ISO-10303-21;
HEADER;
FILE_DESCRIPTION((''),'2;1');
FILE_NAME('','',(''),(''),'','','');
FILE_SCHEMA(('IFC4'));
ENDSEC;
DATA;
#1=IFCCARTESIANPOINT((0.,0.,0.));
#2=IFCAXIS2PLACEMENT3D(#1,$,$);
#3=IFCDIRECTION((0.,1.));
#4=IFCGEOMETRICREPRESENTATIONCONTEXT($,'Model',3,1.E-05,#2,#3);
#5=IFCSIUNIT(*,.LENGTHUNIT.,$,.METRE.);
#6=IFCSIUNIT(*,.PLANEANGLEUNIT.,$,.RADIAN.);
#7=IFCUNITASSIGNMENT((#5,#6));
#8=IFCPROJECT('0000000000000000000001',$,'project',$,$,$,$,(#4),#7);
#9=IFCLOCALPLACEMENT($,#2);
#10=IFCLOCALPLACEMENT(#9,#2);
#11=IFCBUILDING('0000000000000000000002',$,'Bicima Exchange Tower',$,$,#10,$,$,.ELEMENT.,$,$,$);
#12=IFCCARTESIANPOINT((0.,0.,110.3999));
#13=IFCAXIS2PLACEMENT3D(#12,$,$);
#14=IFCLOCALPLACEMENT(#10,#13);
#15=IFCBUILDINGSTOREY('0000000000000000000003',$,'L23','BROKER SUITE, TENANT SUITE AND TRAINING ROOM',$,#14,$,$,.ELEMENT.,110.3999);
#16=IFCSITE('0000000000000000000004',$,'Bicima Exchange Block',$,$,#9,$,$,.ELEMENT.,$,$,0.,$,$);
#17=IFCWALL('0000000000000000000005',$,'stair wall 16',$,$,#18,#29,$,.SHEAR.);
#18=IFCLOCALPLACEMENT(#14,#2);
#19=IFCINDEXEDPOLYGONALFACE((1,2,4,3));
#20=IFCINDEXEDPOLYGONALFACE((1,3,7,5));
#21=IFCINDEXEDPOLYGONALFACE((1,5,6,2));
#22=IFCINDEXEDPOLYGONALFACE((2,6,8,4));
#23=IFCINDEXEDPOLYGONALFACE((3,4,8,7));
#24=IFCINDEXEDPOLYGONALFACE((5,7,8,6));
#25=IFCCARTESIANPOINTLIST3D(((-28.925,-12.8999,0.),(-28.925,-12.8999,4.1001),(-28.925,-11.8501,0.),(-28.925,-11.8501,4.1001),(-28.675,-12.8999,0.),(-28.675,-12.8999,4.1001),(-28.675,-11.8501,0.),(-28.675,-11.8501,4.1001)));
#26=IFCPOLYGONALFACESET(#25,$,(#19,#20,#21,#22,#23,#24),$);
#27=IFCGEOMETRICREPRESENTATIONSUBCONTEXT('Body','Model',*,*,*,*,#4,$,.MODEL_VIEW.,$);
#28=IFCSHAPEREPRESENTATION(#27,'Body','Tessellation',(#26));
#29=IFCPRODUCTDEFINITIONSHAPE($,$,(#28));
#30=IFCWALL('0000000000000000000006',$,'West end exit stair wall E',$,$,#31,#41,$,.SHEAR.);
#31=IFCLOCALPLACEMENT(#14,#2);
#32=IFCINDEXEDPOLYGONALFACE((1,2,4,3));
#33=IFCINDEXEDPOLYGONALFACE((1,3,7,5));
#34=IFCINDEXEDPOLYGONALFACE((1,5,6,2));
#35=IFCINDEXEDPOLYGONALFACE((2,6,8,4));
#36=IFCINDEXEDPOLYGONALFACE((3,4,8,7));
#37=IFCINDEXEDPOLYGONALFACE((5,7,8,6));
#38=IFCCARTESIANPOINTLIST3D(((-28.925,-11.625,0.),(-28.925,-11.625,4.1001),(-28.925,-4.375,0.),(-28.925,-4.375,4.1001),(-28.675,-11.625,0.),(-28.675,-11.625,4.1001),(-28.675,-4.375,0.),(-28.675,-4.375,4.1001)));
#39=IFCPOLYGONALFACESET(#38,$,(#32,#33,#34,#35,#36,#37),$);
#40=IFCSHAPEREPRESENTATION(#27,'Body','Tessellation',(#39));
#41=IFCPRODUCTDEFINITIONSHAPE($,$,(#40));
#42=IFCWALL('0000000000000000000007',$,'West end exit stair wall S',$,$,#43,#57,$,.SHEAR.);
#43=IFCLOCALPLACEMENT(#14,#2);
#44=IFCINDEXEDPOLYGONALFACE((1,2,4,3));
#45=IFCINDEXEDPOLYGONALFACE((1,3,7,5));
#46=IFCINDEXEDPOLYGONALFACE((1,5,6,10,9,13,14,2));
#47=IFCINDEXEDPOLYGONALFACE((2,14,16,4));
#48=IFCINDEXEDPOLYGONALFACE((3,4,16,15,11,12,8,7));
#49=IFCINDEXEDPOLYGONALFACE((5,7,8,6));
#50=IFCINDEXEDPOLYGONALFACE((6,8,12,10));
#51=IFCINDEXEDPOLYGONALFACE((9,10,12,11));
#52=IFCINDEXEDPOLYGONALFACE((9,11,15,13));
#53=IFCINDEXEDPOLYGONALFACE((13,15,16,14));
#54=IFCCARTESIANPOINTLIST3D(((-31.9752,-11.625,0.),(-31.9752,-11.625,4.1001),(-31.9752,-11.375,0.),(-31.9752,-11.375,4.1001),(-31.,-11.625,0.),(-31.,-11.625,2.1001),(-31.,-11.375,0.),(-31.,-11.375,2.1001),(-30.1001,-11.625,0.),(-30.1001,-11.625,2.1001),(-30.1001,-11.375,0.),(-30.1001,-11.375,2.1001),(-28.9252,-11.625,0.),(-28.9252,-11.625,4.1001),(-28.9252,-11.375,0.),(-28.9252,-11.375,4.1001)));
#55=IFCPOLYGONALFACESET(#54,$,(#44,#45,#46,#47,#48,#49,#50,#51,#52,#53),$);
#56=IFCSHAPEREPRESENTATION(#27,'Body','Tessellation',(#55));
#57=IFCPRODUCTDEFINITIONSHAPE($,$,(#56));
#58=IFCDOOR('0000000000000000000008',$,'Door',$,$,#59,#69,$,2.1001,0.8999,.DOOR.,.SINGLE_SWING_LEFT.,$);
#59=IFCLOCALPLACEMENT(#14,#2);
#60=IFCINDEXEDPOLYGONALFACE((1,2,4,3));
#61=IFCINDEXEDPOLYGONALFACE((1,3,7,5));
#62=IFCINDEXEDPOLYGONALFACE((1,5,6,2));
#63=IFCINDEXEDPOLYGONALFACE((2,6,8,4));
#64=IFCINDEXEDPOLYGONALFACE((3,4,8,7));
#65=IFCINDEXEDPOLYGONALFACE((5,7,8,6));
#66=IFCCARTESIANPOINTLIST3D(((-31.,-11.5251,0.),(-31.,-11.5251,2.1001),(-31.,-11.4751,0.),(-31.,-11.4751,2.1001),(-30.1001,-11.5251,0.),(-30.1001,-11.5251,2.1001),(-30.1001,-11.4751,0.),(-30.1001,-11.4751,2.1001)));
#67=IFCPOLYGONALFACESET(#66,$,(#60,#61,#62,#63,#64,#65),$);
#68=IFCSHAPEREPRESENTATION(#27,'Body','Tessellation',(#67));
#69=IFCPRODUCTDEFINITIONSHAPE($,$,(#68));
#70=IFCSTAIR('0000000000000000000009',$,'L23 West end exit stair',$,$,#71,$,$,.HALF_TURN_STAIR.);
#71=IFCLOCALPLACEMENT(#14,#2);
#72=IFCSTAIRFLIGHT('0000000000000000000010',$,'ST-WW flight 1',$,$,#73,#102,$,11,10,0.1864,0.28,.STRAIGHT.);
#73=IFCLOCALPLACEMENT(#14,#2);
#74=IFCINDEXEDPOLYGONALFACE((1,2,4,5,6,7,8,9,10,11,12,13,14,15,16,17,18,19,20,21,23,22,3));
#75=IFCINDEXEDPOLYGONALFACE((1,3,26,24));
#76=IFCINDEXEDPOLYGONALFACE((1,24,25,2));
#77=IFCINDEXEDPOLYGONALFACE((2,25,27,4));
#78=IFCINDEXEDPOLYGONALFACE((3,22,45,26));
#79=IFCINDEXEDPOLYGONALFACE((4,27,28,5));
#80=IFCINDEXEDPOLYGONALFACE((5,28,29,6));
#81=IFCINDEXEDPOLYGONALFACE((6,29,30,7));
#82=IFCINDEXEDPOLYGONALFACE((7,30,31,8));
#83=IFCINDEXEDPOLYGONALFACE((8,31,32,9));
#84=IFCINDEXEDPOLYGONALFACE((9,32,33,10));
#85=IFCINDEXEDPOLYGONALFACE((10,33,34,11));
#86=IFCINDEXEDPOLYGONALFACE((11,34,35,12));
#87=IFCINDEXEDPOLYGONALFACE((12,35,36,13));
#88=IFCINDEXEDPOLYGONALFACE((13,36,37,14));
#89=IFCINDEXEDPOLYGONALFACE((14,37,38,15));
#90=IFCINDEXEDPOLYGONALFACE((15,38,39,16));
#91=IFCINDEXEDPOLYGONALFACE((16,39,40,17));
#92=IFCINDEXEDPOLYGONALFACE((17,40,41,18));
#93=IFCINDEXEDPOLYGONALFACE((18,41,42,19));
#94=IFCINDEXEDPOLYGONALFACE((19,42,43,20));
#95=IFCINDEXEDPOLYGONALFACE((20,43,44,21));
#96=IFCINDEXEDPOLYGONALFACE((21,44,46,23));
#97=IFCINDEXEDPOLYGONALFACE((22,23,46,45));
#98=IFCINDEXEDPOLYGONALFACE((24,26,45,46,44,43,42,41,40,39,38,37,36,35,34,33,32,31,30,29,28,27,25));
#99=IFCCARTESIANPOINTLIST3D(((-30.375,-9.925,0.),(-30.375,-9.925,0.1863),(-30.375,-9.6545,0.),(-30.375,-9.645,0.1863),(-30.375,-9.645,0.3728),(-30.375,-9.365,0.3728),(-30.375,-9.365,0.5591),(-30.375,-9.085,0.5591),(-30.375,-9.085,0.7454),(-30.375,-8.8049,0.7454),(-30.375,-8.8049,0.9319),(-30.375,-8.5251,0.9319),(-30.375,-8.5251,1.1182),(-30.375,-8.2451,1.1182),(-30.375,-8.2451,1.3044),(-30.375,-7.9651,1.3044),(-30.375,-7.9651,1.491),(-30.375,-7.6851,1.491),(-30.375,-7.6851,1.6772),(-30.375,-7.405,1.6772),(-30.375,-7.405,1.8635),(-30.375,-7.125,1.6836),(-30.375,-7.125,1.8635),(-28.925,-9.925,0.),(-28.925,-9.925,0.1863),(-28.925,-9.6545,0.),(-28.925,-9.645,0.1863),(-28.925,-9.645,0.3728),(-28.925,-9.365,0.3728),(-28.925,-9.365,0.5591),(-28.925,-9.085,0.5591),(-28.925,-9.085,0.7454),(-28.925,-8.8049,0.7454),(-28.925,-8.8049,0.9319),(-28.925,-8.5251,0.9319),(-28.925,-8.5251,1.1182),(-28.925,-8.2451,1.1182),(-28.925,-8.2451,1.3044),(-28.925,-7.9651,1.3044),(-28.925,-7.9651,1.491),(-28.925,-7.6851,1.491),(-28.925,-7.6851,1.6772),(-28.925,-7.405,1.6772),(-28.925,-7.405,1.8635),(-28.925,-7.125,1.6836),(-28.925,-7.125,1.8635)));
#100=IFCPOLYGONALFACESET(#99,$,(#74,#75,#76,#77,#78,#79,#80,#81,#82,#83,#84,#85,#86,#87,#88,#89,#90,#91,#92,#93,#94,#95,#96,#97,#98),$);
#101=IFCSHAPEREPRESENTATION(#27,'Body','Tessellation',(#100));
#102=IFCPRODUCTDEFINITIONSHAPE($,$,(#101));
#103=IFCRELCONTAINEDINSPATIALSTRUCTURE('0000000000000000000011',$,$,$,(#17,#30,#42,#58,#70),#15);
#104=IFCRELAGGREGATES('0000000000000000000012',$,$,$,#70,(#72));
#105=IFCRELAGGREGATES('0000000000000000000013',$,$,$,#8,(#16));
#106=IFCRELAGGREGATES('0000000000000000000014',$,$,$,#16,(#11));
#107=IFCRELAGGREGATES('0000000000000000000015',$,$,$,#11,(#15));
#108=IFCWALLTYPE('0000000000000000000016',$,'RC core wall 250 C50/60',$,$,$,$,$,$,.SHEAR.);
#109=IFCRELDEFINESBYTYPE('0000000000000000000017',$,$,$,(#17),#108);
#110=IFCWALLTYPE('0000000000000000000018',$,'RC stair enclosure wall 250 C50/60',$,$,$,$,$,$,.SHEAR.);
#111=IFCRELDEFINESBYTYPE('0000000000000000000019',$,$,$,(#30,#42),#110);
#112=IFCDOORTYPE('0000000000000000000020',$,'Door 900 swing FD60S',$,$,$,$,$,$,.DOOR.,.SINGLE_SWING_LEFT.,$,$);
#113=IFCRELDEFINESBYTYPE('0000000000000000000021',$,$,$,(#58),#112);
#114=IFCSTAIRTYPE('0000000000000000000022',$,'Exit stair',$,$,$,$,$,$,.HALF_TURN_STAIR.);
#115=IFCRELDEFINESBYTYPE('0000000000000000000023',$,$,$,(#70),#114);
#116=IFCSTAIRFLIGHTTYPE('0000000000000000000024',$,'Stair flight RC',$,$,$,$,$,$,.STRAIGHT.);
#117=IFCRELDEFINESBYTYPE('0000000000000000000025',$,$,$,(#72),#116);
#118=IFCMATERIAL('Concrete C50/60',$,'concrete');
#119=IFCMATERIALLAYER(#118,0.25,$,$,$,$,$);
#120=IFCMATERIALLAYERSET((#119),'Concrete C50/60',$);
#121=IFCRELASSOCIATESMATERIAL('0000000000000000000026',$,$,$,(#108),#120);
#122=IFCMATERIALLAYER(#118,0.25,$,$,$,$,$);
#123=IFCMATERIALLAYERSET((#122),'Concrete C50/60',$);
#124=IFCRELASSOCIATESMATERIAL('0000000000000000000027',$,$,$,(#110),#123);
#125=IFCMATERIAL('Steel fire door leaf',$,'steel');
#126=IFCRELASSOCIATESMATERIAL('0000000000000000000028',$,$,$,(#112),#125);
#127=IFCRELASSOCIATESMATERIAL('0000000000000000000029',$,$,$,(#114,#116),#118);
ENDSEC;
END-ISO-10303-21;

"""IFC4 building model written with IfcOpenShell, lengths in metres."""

from ifc_helpers import new_model, si_unit, direction, frame, frame_2d, origin, place, context, subcontext, project, spatial, polyline, rectangle, outline, extrude, material, layer, layer_set, type_object, element, fill, aggregate, save


model = new_model("IFC4")

# Units and contexts
model_context = context("Model", 3, precision=1e-05, world=origin(), true_north=direction((0.0, 1.0)))
body_context = subcontext(model_context, "Body", "Model", "MODEL_VIEW")
ifc_project = project(units=[si_unit("LENGTHUNIT", "METRE"), si_unit("PLANEANGLEUNIT", "RADIAN")], contexts=[model_context])

# Site, building, storey
site_placement = place(None, origin())
site = spatial("IfcSite", under=ifc_project, at=site_placement, Name="Bicima Exchange Block", CompositionType="ELEMENT", RefElevation=0.0)
building_placement = place(site_placement, origin())
building = spatial("IfcBuilding", under=site, at=building_placement, Name="Bicima Exchange Tower", CompositionType="ELEMENT")
storey_placement = place(building_placement, frame((0.0, 0.0, 110.3999)))
storey = spatial("IfcBuildingStorey", under=building, at=storey_placement, Name="L23", Description="BROKER SUITE, TENANT SUITE AND TRAINING ROOM", CompositionType="ELEMENT", Elevation=110.3999)

# Shared definitions
ifc_material_1 = material(Name="Steel fire door leaf", Category="steel")

# Walls
ifc_material_2 = material(Name="Concrete C50/60", Category="concrete")
ifc_layer_1 = layer(ifc_material_2, 0.25)
ifc_layer_set_1 = layer_set([ifc_layer_1], Name="Concrete C50/60")
wall_type_1 = type_object("IfcWallType", Name="RC core wall 250 C50/60", PredefinedType="SHEAR", material=ifc_layer_set_1)
wall_1_placement = place(storey_placement, frame((-28.8, -12.8999, 0.0), z_axis=(0.0, 0.0, 1.0), x_axis=(0.0, 1.0, 0.0)))
element("IfcWall", 1, at=wall_1_placement, inside=storey, type_object=wall_type_1, Name="stair wall 16", PredefinedType="SHEAR", context=body_context, shape_type="SweptSolid", body=[
    extrude(rectangle(XDim=1.0498, YDim=0.25, at=frame_2d((0.5249, 0.0))), origin(), (0.0, 0.0, 1.0), 4.1001),
])
ifc_layer_2 = layer(ifc_material_2, 0.25)
ifc_layer_set_2 = layer_set([ifc_layer_2], Name="Concrete C50/60")
wall_type_2 = type_object("IfcWallType", Name="RC stair enclosure wall 250 C50/60", PredefinedType="SHEAR", material=ifc_layer_set_2)
wall_2_placement = place(storey_placement, frame((-28.8, -11.625, 0.0), z_axis=(0.0, 0.0, 1.0), x_axis=(0.0, 1.0, 0.0)))
element("IfcWall", 2, at=wall_2_placement, inside=storey, type_object=wall_type_2, Name="West end exit stair wall E", PredefinedType="SHEAR", context=body_context, shape_type="SweptSolid", body=[
    extrude(rectangle(XDim=7.25, YDim=0.25, at=frame_2d((3.625, 0.0))), origin(), (0.0, 0.0, 1.0), 4.1001),
])

# Wall, opening, door
wall_3_placement = place(storey_placement, frame((-31.9751, -11.5, 0.0), z_axis=(0.0, 0.0, 1.0), x_axis=(1.0, 0.0, 0.0)))
wall_3 = element("IfcWall", 3, at=wall_3_placement, inside=storey, type_object=wall_type_2, Name="West end exit stair wall S", PredefinedType="SHEAR", context=body_context, shape_type="SweptSolid", body=[
    extrude(rectangle(XDim=3.05, YDim=0.25, at=frame_2d((1.5249, 0.0))), origin(), (0.0, 0.0, 1.0), 4.1001),
])
opening_1_placement = place(wall_3_placement, frame((0.9751, 0.0, 0.0)))
opening_1 = element("IfcOpeningElement", 4, at=opening_1_placement, cuts=wall_3, PredefinedType="OPENING", context=body_context, shape_type="SweptSolid", body=[
    extrude(rectangle(XDim=0.8999, YDim=2.1001, at=frame_2d((0.45, 1.05))), frame((0.0, 0.137, 0.0), z_axis=(0.0, -1.0, 0.0), x_axis=(1.0, 0.0, 0.0)), (0.0, 0.0, 1.0), 0.2739),
])
door_type_1 = type_object("IfcDoorType", Name="Door 900 swing FD60S", OperationType="SINGLE_SWING_LEFT", PredefinedType="DOOR", material=ifc_material_1)
door_1_placement = place(opening_1_placement, origin())
door_1 = element("IfcDoor", 5, at=door_1_placement, inside=storey, type_object=door_type_1, Name="Door", OperationType="SINGLE_SWING_LEFT", OverallHeight=2.1001, OverallWidth=0.8999, PredefinedType="DOOR", context=body_context, shape_type="SweptSolid", body=[
    extrude(rectangle(XDim=0.8999, YDim=2.1001, at=frame_2d((0.45, 1.05))), frame((0.0, 0.0249, 0.0), z_axis=(0.0, -1.0, 0.0), x_axis=(1.0, 0.0, 0.0)), (0.0, 0.0, 1.0), 0.05),
])
fill(opening_1, door_1)

# Stair, stair flight
stair_type = type_object("IfcStairType", Name="Exit stair", PredefinedType="HALF_TURN_STAIR", material=ifc_material_2)
stair_placement = place(storey_placement, origin())
stair = element("IfcStair", 6, at=stair_placement, inside=storey, type_object=stair_type, Name="L23 West end exit stair", PredefinedType="HALF_TURN_STAIR")
stair_flight_type = type_object("IfcStairFlightType", Name="Stair flight RC", PredefinedType="STRAIGHT", material=ifc_material_2)
stair_flight_placement = place(storey_placement, frame((-29.6499, -9.925, 0.0), z_axis=(0.0, 0.0, 1.0), x_axis=(0.0, 1.0, 0.0)))
stair_flight = element("IfcStairFlight", 7, at=stair_flight_placement, type_object=stair_flight_type, Name="ST-WW flight 1", NumberOfRisers=11, NumberOfTreads=10, PredefinedType="STRAIGHT", RiserHeight=0.1864, TreadLength=0.28, context=body_context, shape_type="SweptSolid", body=[
    extrude(outline(polyline([(0.0, 0.0), (0.0, 0.1863), (0.28, 0.1863), (0.28, 0.3728), (0.5601, 0.3728), (0.5601, 0.5591), (0.8401, 0.5591), (0.8401, 0.7454), (1.1201, 0.7454), (1.1201, 0.9319), (1.3999, 0.9319), (1.3999, 1.1182), (1.6799, 1.1182), (1.6799, 1.3044), (1.96, 1.3044), (1.96, 1.491), (2.24, 1.491), (2.24, 1.6772), (2.52, 1.6772), (2.52, 1.8635), (2.8, 1.8635), (2.8, 2.05), (2.8, 1.6836), (0.2705, 0.0), (0.0, 0.0)])), frame((0.0, 0.7251, 0.0), z_axis=(0.0, -1.0, 0.0), x_axis=(1.0, 0.0, 0.0)), (0.0, 0.0, 1.0), 1.45),
])
aggregate(stair, [stair_flight])

save(model, "model.ifc")
